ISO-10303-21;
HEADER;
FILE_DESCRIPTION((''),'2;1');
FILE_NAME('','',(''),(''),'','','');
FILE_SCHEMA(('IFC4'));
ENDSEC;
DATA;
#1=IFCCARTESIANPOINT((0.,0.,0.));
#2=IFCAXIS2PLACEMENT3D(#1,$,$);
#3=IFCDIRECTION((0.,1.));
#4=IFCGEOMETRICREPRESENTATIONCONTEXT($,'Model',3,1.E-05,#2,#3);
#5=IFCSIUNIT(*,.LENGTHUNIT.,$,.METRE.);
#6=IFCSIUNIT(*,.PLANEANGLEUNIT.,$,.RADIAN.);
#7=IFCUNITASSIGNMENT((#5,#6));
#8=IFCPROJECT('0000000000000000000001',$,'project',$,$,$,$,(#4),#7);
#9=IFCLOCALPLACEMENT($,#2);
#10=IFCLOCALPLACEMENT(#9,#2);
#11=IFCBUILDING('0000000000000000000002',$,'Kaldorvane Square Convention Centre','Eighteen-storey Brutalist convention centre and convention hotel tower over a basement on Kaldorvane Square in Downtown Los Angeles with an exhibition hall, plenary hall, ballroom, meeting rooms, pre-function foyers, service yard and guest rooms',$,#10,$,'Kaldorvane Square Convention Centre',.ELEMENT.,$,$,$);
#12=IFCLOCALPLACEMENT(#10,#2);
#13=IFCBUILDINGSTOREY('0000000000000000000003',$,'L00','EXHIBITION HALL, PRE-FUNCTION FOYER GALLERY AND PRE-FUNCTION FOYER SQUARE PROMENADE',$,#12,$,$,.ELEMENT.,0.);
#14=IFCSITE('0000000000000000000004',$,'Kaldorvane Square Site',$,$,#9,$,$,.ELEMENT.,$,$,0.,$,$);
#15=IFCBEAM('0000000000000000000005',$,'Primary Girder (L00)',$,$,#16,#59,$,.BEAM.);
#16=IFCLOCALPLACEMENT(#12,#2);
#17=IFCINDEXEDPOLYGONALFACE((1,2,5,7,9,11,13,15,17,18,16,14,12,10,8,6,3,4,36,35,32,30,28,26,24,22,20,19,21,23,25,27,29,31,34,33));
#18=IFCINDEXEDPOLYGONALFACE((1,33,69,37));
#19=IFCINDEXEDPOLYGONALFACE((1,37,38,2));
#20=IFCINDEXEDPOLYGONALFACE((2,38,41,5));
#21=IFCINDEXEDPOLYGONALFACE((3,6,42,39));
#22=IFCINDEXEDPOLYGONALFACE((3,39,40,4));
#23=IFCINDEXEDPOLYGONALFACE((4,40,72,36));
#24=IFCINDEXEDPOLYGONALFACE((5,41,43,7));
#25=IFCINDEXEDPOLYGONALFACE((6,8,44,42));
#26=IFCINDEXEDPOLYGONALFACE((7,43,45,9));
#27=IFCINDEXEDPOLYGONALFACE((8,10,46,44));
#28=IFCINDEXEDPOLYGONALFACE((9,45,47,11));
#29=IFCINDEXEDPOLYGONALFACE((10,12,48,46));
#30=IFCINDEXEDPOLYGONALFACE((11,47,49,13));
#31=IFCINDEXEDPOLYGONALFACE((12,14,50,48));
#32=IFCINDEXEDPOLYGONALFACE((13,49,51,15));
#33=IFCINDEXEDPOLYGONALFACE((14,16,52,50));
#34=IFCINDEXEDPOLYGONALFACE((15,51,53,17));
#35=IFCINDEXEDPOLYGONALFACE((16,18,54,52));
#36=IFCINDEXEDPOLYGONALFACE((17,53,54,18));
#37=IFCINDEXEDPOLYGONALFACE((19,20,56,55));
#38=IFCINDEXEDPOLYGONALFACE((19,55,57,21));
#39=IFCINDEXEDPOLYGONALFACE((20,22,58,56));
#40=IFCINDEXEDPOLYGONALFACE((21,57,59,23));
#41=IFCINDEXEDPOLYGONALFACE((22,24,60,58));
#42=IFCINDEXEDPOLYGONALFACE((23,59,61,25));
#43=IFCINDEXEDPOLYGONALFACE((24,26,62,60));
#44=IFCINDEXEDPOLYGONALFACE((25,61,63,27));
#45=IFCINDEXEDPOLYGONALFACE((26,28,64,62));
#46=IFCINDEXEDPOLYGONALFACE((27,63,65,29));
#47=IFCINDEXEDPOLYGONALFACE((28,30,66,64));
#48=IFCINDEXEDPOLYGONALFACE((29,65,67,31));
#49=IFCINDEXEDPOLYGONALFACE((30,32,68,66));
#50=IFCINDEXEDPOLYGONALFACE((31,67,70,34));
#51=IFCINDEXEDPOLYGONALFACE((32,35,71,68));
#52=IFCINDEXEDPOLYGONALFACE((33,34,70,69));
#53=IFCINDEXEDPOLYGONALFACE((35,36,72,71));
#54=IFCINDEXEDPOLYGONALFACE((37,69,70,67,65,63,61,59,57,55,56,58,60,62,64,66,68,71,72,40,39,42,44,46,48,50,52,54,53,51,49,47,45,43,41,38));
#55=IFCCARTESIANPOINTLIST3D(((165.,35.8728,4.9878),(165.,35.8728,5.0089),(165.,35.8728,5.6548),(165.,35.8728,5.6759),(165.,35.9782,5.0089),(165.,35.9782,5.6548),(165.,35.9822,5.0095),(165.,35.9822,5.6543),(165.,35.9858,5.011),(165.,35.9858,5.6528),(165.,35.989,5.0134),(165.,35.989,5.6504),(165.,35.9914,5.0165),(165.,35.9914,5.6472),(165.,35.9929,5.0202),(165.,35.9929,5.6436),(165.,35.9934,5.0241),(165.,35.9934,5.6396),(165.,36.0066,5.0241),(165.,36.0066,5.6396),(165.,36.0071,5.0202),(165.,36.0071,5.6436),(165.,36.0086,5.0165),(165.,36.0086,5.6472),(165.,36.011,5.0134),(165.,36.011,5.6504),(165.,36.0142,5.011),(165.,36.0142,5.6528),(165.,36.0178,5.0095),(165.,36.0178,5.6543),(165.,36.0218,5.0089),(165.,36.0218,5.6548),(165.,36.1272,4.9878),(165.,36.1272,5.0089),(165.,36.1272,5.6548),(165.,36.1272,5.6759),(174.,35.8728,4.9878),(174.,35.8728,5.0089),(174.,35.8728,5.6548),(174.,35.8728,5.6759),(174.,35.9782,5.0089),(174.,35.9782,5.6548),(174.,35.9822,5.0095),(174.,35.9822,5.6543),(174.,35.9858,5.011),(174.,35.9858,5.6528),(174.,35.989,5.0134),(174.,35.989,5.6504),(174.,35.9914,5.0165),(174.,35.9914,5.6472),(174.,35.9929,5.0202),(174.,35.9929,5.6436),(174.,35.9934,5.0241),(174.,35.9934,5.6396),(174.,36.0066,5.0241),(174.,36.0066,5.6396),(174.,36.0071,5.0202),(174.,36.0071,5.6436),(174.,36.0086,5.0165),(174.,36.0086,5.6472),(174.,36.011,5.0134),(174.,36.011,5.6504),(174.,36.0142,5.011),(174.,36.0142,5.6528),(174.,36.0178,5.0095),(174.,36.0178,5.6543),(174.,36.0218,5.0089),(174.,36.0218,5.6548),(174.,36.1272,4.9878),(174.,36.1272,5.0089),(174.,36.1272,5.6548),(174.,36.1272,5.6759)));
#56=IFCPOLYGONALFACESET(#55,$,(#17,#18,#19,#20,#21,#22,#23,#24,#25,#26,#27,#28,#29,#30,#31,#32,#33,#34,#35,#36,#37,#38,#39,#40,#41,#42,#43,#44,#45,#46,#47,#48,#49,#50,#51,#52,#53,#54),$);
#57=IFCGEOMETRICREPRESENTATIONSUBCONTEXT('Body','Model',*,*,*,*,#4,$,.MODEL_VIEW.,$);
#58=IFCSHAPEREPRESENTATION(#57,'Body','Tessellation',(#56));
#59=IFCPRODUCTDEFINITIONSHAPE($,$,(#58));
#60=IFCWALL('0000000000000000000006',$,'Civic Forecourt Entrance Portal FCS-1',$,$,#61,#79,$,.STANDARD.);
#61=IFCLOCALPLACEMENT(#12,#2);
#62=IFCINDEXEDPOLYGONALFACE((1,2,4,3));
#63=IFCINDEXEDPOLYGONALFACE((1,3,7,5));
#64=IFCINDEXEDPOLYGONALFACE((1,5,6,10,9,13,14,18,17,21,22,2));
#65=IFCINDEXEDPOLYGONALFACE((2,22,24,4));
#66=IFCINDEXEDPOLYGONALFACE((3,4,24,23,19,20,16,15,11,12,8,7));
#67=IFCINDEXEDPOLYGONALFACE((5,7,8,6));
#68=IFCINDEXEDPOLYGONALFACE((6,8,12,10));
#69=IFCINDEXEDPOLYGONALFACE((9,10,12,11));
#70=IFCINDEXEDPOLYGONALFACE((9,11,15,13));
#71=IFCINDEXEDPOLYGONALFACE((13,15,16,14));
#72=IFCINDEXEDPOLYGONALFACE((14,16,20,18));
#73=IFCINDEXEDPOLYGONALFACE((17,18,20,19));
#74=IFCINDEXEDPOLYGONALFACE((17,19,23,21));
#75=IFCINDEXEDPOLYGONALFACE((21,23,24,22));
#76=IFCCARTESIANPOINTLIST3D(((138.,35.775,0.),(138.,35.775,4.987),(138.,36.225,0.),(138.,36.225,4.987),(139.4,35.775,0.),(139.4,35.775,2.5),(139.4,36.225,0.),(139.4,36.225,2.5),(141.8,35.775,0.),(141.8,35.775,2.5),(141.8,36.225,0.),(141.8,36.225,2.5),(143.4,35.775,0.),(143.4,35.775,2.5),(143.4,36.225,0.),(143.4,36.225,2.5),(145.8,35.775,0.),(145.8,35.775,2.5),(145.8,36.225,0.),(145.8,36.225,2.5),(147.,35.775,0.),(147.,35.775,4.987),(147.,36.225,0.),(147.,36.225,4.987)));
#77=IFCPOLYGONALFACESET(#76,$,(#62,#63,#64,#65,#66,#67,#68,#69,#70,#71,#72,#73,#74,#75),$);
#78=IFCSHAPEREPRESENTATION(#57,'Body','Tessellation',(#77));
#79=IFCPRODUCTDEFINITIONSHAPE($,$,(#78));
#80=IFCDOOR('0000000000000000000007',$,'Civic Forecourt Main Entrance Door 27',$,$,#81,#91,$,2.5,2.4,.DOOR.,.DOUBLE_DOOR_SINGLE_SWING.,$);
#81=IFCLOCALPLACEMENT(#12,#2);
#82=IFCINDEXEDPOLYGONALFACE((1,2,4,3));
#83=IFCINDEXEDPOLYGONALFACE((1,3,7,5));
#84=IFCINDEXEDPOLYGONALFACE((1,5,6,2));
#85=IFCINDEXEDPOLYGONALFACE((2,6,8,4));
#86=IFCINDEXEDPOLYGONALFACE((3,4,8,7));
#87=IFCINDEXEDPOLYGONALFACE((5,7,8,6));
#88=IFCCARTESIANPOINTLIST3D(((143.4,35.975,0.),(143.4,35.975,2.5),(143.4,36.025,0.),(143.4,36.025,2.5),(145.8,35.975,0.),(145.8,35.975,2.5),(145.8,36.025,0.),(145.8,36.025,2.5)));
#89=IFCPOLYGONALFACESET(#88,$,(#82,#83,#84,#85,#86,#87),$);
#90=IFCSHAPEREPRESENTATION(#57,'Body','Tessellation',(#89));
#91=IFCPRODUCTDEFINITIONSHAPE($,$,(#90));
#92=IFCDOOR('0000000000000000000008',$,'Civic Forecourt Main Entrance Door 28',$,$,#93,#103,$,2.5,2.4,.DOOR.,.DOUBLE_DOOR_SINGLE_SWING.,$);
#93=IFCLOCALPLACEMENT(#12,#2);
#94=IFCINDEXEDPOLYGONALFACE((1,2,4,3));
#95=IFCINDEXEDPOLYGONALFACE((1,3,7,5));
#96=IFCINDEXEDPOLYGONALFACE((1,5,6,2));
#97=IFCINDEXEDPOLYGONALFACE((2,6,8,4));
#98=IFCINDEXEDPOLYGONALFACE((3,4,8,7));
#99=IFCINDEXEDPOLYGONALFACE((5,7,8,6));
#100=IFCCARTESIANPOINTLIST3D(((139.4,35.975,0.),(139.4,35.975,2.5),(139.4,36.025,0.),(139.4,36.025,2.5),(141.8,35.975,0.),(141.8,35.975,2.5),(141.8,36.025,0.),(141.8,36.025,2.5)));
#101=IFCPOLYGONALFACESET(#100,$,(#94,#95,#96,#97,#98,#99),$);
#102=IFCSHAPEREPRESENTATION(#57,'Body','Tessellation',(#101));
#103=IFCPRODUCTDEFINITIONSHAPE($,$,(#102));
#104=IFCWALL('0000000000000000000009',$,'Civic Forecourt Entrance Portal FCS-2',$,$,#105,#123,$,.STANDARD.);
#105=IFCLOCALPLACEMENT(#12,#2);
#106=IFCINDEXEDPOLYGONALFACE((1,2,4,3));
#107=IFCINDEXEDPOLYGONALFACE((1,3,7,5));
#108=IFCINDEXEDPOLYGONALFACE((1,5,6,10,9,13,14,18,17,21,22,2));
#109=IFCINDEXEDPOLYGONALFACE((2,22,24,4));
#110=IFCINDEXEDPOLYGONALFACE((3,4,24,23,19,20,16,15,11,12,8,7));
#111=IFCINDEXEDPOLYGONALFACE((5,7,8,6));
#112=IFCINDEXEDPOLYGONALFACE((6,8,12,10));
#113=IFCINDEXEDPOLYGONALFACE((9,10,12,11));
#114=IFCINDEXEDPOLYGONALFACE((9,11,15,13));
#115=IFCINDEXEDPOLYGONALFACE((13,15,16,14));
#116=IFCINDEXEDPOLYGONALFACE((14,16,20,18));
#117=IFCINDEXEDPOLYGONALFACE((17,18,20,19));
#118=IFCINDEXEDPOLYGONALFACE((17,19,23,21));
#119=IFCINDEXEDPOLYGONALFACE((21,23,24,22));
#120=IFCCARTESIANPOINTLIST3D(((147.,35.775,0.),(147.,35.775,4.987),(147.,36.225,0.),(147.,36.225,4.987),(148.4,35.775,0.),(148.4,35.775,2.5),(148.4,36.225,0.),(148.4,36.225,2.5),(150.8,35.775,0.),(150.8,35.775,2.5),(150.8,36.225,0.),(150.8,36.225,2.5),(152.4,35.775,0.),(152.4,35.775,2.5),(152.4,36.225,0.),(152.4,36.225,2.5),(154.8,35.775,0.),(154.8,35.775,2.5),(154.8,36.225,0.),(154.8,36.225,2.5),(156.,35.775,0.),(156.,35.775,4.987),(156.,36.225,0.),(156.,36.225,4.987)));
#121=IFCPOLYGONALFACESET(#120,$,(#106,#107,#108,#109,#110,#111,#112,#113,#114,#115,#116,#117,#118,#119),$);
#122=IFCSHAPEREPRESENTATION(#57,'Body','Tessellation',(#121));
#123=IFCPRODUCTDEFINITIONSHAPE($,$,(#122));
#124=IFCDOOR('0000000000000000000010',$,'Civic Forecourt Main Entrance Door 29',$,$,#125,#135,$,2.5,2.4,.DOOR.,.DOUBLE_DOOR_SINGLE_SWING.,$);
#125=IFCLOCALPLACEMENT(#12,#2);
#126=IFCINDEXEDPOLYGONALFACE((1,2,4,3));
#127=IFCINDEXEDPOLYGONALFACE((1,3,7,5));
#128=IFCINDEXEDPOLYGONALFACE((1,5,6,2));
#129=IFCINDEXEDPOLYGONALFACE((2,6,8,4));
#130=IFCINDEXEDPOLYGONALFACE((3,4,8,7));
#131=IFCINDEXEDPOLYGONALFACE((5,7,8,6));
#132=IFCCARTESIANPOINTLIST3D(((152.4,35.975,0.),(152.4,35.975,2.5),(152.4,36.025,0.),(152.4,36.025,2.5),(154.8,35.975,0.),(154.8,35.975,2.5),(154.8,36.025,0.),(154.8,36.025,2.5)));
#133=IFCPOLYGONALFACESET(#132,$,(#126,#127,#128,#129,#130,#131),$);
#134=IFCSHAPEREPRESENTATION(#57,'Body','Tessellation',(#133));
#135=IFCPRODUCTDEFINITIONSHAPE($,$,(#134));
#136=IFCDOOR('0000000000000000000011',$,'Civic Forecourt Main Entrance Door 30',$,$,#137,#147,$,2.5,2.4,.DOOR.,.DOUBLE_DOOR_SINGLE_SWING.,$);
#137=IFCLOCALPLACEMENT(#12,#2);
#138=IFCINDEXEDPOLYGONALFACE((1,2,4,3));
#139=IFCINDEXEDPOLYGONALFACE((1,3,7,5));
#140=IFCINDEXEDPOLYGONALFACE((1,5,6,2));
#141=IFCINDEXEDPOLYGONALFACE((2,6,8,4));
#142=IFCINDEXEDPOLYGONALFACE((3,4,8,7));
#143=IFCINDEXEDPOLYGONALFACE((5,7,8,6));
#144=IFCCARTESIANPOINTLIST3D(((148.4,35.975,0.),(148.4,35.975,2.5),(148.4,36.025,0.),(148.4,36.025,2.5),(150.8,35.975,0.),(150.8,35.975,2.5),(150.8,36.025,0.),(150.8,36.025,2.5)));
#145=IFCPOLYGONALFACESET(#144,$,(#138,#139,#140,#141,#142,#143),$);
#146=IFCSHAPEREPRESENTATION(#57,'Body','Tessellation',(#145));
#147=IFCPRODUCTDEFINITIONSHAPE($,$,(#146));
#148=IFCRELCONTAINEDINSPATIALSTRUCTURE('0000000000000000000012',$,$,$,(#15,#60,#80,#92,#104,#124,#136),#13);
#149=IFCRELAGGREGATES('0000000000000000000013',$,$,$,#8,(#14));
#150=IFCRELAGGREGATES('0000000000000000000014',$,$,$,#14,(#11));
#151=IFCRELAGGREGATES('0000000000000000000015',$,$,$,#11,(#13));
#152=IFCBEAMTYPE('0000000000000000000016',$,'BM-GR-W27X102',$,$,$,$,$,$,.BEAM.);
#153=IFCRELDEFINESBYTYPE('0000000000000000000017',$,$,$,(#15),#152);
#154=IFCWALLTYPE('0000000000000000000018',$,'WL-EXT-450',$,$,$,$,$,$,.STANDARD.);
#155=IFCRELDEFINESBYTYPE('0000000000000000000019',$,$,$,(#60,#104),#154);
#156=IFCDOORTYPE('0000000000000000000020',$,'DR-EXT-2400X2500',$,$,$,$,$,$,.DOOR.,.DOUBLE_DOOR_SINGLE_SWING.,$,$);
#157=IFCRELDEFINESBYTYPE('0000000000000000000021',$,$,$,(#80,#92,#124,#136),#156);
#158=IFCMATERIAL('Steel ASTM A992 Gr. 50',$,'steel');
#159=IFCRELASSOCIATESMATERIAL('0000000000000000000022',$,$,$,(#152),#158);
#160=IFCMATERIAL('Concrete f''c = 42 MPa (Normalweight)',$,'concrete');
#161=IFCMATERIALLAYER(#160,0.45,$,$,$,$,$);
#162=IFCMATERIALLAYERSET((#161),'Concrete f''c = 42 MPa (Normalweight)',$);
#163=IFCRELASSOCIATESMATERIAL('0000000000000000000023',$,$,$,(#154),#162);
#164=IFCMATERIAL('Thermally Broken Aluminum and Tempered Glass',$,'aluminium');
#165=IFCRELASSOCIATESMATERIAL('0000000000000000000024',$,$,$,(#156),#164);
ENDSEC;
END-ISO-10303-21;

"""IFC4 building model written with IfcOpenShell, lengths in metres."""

from ifc_helpers import new_model, si_unit, direction, frame, frame_2d, origin, origin_2d, place, context, subcontext, project, spatial, rectangle, i_section, extrude, material, layer, layer_set, material_profile, profile_set, type_object, element, fill, save


model = new_model("IFC4")

# Units and contexts
model_context = context("Model", 3, precision=1e-05, world=origin(), true_north=direction((0.0, 1.0)))
body_context = subcontext(model_context, "Body", "Model", "MODEL_VIEW")
ifc_project = project(units=[si_unit("LENGTHUNIT", "METRE"), si_unit("PLANEANGLEUNIT", "RADIAN")], contexts=[model_context])

# Site, building, storey
site_placement = place(None, origin())
site = spatial("IfcSite", under=ifc_project, at=site_placement, Name="Kaldorvane Square Site", CompositionType="ELEMENT", RefElevation=0.0)
building_placement = place(site_placement, origin())
building = spatial("IfcBuilding", under=site, at=building_placement, Name="Kaldorvane Square Convention Centre", Description="Eighteen-storey Brutalist convention centre and convention hotel tower over a basement on Kaldorvane Square in Downtown Los Angeles with an exhibition hall, plenary hall, ballroom, meeting rooms, pre-function foyers, service yard and guest rooms", LongName="Kaldorvane Square Convention Centre", CompositionType="ELEMENT")
storey_placement = place(building_placement, origin())
storey = spatial("IfcBuildingStorey", under=building, at=storey_placement, Name="L00", Description="EXHIBITION HALL, PRE-FUNCTION FOYER GALLERY AND PRE-FUNCTION FOYER SQUARE PROMENADE", CompositionType="ELEMENT", Elevation=0.0)

# Shared definitions
ifc_material_1 = material(Name="Steel ASTM A992 Gr. 50", Category="steel")

# Beam
ifc_material_profile_1 = material_profile(ifc_material_1, i_section(OverallWidth=0.2544, OverallDepth=0.6881, WebThickness=0.0131, FlangeThickness=0.0211, FilletRadius=0.0152, at=origin_2d()), Name="W27X102")
ifc_profile_set_1 = profile_set([ifc_material_profile_1], Name="Steel ASTM A992 Gr. 50")
beam_type = type_object("IfcBeamType", Name="BM-GR-W27X102", PredefinedType="BEAM", material=ifc_profile_set_1)
for number, where, z_axis, x_axis, name in (
    (1, (165.0, 36.0, 5.3319), (1.0, 0.0, 0.0), (0.0, 1.0, 0.0), "Primary Girder (L00)"),
):
    element("IfcBeam", number, at=place(storey_placement, frame(where, z_axis=z_axis, x_axis=x_axis)), inside=storey, type_object=beam_type, Name=name, PredefinedType="BEAM", context=body_context, shape_type="SweptSolid", body=[
        extrude(i_section(OverallWidth=0.2544, OverallDepth=0.6881, WebThickness=0.0131, FlangeThickness=0.0211, FilletRadius=0.0152, at=origin_2d()), origin(), (0.0, 0.0, 1.0), 9.0),
    ])

# Walls, openings, doors
ifc_material_2 = material(Name="Concrete f'c = 42 MPa (Normalweight)", Category="concrete")
ifc_layer = layer(ifc_material_2, 0.45)
ifc_layer_set = layer_set([ifc_layer], Name="Concrete f'c = 42 MPa (Normalweight)")
wall_type = type_object("IfcWallType", Name="WL-EXT-450", PredefinedType="STANDARD", material=ifc_layer_set)
wall_1_placement = place(storey_placement, frame((147.0, 36.0, 0.0), z_axis=(0.0, 0.0, 1.0), x_axis=(-1.0, 0.0, 0.0)))
wall_1 = element("IfcWall", 2, at=wall_1_placement, inside=storey, type_object=wall_type, Name="Civic Forecourt Entrance Portal FCS-1", PredefinedType="STANDARD", context=body_context, shape_type="SweptSolid", body=[
    extrude(rectangle(XDim=9.0, YDim=0.45, at=frame_2d((4.5, 0.0))), origin(), (0.0, 0.0, 1.0), 4.987),
])
opening_1_placement = place(wall_1_placement, frame((1.2, 0.0, 0.0)))
opening_1 = element("IfcOpeningElement", 3, at=opening_1_placement, cuts=wall_1, PredefinedType="OPENING", context=body_context, shape_type="SweptSolid", body=[
    extrude(rectangle(XDim=2.4, YDim=2.5, at=frame_2d((1.2, 1.25))), frame((0.0, 0.24, 0.0), z_axis=(0.0, -1.0, 0.0), x_axis=(1.0, 0.0, 0.0)), (0.0, 0.0, 1.0), 0.48),
])
opening_2_placement = place(wall_1_placement, frame((5.2, 0.0, 0.0)))
opening_2 = element("IfcOpeningElement", 4, at=opening_2_placement, cuts=wall_1, PredefinedType="OPENING", context=body_context, shape_type="SweptSolid", body=[
    extrude(rectangle(XDim=2.4, YDim=2.5, at=frame_2d((1.2, 1.25))), frame((0.0, 0.24, 0.0), z_axis=(0.0, -1.0, 0.0), x_axis=(1.0, 0.0, 0.0)), (0.0, 0.0, 1.0), 0.48),
])
ifc_material_3 = material(Name="Thermally Broken Aluminum and Tempered Glass", Category="aluminium")
door_type = type_object("IfcDoorType", Name="DR-EXT-2400X2500", OperationType="DOUBLE_DOOR_SINGLE_SWING", PredefinedType="DOOR", material=ifc_material_3)
door_1_placement = place(opening_1_placement, origin())
door_1 = element("IfcDoor", 5, at=door_1_placement, inside=storey, type_object=door_type, Name="Civic Forecourt Main Entrance Door 27", OperationType="DOUBLE_DOOR_SINGLE_SWING", OverallHeight=2.5, OverallWidth=2.4, PredefinedType="DOOR", context=body_context, shape_type="SweptSolid", body=[
    extrude(rectangle(XDim=2.4, YDim=2.5, at=frame_2d((1.2, 1.25))), frame((0.0, 0.025, 0.0), z_axis=(0.0, -1.0, 0.0), x_axis=(1.0, 0.0, 0.0)), (0.0, 0.0, 1.0), 0.05),
])
fill(opening_1, door_1)
door_2_placement = place(opening_2_placement, origin())
door_2 = element("IfcDoor", 6, at=door_2_placement, inside=storey, type_object=door_type, Name="Civic Forecourt Main Entrance Door 28", OperationType="DOUBLE_DOOR_SINGLE_SWING", OverallHeight=2.5, OverallWidth=2.4, PredefinedType="DOOR", context=body_context, shape_type="SweptSolid", body=[
    extrude(rectangle(XDim=2.4, YDim=2.5, at=frame_2d((1.2, 1.25))), frame((0.0, 0.025, 0.0), z_axis=(0.0, -1.0, 0.0), x_axis=(1.0, 0.0, 0.0)), (0.0, 0.0, 1.0), 0.05),
])
fill(opening_2, door_2)
wall_2_placement = place(storey_placement, frame((156.0, 36.0, 0.0), z_axis=(0.0, 0.0, 1.0), x_axis=(-1.0, 0.0, 0.0)))
wall_2 = element("IfcWall", 7, at=wall_2_placement, inside=storey, type_object=wall_type, Name="Civic Forecourt Entrance Portal FCS-2", PredefinedType="STANDARD", context=body_context, shape_type="SweptSolid", body=[
    extrude(rectangle(XDim=9.0, YDim=0.45, at=frame_2d((4.5, 0.0))), origin(), (0.0, 0.0, 1.0), 4.987),
])
opening_3_placement = place(wall_2_placement, frame((1.2, 0.0, 0.0)))
opening_3 = element("IfcOpeningElement", 8, at=opening_3_placement, cuts=wall_2, PredefinedType="OPENING", context=body_context, shape_type="SweptSolid", body=[
    extrude(rectangle(XDim=2.4, YDim=2.5, at=frame_2d((1.2, 1.25))), frame((0.0, 0.24, 0.0), z_axis=(0.0, -1.0, 0.0), x_axis=(1.0, 0.0, 0.0)), (0.0, 0.0, 1.0), 0.48),
])
opening_4_placement = place(wall_2_placement, frame((5.2, 0.0, 0.0)))
opening_4 = element("IfcOpeningElement", 9, at=opening_4_placement, cuts=wall_2, PredefinedType="OPENING", context=body_context, shape_type="SweptSolid", body=[
    extrude(rectangle(XDim=2.4, YDim=2.5, at=frame_2d((1.2, 1.25))), frame((0.0, 0.24, 0.0), z_axis=(0.0, -1.0, 0.0), x_axis=(1.0, 0.0, 0.0)), (0.0, 0.0, 1.0), 0.48),
])
door_3_placement = place(opening_3_placement, origin())
door_3 = element("IfcDoor", 10, at=door_3_placement, inside=storey, type_object=door_type, Name="Civic Forecourt Main Entrance Door 29", OperationType="DOUBLE_DOOR_SINGLE_SWING", OverallHeight=2.5, OverallWidth=2.4, PredefinedType="DOOR", context=body_context, shape_type="SweptSolid", body=[
    extrude(rectangle(XDim=2.4, YDim=2.5, at=frame_2d((1.2, 1.25))), frame((0.0, 0.025, 0.0), z_axis=(0.0, -1.0, 0.0), x_axis=(1.0, 0.0, 0.0)), (0.0, 0.0, 1.0), 0.05),
])
fill(opening_3, door_3)
door_4_placement = place(opening_4_placement, origin())
door_4 = element("IfcDoor", 11, at=door_4_placement, inside=storey, type_object=door_type, Name="Civic Forecourt Main Entrance Door 30", OperationType="DOUBLE_DOOR_SINGLE_SWING", OverallHeight=2.5, OverallWidth=2.4, PredefinedType="DOOR", context=body_context, shape_type="SweptSolid", body=[
    extrude(rectangle(XDim=2.4, YDim=2.5, at=frame_2d((1.2, 1.25))), frame((0.0, 0.025, 0.0), z_axis=(0.0, -1.0, 0.0), x_axis=(1.0, 0.0, 0.0)), (0.0, 0.0, 1.0), 0.05),
])
fill(opening_4, door_4)

save(model, "model.ifc")
